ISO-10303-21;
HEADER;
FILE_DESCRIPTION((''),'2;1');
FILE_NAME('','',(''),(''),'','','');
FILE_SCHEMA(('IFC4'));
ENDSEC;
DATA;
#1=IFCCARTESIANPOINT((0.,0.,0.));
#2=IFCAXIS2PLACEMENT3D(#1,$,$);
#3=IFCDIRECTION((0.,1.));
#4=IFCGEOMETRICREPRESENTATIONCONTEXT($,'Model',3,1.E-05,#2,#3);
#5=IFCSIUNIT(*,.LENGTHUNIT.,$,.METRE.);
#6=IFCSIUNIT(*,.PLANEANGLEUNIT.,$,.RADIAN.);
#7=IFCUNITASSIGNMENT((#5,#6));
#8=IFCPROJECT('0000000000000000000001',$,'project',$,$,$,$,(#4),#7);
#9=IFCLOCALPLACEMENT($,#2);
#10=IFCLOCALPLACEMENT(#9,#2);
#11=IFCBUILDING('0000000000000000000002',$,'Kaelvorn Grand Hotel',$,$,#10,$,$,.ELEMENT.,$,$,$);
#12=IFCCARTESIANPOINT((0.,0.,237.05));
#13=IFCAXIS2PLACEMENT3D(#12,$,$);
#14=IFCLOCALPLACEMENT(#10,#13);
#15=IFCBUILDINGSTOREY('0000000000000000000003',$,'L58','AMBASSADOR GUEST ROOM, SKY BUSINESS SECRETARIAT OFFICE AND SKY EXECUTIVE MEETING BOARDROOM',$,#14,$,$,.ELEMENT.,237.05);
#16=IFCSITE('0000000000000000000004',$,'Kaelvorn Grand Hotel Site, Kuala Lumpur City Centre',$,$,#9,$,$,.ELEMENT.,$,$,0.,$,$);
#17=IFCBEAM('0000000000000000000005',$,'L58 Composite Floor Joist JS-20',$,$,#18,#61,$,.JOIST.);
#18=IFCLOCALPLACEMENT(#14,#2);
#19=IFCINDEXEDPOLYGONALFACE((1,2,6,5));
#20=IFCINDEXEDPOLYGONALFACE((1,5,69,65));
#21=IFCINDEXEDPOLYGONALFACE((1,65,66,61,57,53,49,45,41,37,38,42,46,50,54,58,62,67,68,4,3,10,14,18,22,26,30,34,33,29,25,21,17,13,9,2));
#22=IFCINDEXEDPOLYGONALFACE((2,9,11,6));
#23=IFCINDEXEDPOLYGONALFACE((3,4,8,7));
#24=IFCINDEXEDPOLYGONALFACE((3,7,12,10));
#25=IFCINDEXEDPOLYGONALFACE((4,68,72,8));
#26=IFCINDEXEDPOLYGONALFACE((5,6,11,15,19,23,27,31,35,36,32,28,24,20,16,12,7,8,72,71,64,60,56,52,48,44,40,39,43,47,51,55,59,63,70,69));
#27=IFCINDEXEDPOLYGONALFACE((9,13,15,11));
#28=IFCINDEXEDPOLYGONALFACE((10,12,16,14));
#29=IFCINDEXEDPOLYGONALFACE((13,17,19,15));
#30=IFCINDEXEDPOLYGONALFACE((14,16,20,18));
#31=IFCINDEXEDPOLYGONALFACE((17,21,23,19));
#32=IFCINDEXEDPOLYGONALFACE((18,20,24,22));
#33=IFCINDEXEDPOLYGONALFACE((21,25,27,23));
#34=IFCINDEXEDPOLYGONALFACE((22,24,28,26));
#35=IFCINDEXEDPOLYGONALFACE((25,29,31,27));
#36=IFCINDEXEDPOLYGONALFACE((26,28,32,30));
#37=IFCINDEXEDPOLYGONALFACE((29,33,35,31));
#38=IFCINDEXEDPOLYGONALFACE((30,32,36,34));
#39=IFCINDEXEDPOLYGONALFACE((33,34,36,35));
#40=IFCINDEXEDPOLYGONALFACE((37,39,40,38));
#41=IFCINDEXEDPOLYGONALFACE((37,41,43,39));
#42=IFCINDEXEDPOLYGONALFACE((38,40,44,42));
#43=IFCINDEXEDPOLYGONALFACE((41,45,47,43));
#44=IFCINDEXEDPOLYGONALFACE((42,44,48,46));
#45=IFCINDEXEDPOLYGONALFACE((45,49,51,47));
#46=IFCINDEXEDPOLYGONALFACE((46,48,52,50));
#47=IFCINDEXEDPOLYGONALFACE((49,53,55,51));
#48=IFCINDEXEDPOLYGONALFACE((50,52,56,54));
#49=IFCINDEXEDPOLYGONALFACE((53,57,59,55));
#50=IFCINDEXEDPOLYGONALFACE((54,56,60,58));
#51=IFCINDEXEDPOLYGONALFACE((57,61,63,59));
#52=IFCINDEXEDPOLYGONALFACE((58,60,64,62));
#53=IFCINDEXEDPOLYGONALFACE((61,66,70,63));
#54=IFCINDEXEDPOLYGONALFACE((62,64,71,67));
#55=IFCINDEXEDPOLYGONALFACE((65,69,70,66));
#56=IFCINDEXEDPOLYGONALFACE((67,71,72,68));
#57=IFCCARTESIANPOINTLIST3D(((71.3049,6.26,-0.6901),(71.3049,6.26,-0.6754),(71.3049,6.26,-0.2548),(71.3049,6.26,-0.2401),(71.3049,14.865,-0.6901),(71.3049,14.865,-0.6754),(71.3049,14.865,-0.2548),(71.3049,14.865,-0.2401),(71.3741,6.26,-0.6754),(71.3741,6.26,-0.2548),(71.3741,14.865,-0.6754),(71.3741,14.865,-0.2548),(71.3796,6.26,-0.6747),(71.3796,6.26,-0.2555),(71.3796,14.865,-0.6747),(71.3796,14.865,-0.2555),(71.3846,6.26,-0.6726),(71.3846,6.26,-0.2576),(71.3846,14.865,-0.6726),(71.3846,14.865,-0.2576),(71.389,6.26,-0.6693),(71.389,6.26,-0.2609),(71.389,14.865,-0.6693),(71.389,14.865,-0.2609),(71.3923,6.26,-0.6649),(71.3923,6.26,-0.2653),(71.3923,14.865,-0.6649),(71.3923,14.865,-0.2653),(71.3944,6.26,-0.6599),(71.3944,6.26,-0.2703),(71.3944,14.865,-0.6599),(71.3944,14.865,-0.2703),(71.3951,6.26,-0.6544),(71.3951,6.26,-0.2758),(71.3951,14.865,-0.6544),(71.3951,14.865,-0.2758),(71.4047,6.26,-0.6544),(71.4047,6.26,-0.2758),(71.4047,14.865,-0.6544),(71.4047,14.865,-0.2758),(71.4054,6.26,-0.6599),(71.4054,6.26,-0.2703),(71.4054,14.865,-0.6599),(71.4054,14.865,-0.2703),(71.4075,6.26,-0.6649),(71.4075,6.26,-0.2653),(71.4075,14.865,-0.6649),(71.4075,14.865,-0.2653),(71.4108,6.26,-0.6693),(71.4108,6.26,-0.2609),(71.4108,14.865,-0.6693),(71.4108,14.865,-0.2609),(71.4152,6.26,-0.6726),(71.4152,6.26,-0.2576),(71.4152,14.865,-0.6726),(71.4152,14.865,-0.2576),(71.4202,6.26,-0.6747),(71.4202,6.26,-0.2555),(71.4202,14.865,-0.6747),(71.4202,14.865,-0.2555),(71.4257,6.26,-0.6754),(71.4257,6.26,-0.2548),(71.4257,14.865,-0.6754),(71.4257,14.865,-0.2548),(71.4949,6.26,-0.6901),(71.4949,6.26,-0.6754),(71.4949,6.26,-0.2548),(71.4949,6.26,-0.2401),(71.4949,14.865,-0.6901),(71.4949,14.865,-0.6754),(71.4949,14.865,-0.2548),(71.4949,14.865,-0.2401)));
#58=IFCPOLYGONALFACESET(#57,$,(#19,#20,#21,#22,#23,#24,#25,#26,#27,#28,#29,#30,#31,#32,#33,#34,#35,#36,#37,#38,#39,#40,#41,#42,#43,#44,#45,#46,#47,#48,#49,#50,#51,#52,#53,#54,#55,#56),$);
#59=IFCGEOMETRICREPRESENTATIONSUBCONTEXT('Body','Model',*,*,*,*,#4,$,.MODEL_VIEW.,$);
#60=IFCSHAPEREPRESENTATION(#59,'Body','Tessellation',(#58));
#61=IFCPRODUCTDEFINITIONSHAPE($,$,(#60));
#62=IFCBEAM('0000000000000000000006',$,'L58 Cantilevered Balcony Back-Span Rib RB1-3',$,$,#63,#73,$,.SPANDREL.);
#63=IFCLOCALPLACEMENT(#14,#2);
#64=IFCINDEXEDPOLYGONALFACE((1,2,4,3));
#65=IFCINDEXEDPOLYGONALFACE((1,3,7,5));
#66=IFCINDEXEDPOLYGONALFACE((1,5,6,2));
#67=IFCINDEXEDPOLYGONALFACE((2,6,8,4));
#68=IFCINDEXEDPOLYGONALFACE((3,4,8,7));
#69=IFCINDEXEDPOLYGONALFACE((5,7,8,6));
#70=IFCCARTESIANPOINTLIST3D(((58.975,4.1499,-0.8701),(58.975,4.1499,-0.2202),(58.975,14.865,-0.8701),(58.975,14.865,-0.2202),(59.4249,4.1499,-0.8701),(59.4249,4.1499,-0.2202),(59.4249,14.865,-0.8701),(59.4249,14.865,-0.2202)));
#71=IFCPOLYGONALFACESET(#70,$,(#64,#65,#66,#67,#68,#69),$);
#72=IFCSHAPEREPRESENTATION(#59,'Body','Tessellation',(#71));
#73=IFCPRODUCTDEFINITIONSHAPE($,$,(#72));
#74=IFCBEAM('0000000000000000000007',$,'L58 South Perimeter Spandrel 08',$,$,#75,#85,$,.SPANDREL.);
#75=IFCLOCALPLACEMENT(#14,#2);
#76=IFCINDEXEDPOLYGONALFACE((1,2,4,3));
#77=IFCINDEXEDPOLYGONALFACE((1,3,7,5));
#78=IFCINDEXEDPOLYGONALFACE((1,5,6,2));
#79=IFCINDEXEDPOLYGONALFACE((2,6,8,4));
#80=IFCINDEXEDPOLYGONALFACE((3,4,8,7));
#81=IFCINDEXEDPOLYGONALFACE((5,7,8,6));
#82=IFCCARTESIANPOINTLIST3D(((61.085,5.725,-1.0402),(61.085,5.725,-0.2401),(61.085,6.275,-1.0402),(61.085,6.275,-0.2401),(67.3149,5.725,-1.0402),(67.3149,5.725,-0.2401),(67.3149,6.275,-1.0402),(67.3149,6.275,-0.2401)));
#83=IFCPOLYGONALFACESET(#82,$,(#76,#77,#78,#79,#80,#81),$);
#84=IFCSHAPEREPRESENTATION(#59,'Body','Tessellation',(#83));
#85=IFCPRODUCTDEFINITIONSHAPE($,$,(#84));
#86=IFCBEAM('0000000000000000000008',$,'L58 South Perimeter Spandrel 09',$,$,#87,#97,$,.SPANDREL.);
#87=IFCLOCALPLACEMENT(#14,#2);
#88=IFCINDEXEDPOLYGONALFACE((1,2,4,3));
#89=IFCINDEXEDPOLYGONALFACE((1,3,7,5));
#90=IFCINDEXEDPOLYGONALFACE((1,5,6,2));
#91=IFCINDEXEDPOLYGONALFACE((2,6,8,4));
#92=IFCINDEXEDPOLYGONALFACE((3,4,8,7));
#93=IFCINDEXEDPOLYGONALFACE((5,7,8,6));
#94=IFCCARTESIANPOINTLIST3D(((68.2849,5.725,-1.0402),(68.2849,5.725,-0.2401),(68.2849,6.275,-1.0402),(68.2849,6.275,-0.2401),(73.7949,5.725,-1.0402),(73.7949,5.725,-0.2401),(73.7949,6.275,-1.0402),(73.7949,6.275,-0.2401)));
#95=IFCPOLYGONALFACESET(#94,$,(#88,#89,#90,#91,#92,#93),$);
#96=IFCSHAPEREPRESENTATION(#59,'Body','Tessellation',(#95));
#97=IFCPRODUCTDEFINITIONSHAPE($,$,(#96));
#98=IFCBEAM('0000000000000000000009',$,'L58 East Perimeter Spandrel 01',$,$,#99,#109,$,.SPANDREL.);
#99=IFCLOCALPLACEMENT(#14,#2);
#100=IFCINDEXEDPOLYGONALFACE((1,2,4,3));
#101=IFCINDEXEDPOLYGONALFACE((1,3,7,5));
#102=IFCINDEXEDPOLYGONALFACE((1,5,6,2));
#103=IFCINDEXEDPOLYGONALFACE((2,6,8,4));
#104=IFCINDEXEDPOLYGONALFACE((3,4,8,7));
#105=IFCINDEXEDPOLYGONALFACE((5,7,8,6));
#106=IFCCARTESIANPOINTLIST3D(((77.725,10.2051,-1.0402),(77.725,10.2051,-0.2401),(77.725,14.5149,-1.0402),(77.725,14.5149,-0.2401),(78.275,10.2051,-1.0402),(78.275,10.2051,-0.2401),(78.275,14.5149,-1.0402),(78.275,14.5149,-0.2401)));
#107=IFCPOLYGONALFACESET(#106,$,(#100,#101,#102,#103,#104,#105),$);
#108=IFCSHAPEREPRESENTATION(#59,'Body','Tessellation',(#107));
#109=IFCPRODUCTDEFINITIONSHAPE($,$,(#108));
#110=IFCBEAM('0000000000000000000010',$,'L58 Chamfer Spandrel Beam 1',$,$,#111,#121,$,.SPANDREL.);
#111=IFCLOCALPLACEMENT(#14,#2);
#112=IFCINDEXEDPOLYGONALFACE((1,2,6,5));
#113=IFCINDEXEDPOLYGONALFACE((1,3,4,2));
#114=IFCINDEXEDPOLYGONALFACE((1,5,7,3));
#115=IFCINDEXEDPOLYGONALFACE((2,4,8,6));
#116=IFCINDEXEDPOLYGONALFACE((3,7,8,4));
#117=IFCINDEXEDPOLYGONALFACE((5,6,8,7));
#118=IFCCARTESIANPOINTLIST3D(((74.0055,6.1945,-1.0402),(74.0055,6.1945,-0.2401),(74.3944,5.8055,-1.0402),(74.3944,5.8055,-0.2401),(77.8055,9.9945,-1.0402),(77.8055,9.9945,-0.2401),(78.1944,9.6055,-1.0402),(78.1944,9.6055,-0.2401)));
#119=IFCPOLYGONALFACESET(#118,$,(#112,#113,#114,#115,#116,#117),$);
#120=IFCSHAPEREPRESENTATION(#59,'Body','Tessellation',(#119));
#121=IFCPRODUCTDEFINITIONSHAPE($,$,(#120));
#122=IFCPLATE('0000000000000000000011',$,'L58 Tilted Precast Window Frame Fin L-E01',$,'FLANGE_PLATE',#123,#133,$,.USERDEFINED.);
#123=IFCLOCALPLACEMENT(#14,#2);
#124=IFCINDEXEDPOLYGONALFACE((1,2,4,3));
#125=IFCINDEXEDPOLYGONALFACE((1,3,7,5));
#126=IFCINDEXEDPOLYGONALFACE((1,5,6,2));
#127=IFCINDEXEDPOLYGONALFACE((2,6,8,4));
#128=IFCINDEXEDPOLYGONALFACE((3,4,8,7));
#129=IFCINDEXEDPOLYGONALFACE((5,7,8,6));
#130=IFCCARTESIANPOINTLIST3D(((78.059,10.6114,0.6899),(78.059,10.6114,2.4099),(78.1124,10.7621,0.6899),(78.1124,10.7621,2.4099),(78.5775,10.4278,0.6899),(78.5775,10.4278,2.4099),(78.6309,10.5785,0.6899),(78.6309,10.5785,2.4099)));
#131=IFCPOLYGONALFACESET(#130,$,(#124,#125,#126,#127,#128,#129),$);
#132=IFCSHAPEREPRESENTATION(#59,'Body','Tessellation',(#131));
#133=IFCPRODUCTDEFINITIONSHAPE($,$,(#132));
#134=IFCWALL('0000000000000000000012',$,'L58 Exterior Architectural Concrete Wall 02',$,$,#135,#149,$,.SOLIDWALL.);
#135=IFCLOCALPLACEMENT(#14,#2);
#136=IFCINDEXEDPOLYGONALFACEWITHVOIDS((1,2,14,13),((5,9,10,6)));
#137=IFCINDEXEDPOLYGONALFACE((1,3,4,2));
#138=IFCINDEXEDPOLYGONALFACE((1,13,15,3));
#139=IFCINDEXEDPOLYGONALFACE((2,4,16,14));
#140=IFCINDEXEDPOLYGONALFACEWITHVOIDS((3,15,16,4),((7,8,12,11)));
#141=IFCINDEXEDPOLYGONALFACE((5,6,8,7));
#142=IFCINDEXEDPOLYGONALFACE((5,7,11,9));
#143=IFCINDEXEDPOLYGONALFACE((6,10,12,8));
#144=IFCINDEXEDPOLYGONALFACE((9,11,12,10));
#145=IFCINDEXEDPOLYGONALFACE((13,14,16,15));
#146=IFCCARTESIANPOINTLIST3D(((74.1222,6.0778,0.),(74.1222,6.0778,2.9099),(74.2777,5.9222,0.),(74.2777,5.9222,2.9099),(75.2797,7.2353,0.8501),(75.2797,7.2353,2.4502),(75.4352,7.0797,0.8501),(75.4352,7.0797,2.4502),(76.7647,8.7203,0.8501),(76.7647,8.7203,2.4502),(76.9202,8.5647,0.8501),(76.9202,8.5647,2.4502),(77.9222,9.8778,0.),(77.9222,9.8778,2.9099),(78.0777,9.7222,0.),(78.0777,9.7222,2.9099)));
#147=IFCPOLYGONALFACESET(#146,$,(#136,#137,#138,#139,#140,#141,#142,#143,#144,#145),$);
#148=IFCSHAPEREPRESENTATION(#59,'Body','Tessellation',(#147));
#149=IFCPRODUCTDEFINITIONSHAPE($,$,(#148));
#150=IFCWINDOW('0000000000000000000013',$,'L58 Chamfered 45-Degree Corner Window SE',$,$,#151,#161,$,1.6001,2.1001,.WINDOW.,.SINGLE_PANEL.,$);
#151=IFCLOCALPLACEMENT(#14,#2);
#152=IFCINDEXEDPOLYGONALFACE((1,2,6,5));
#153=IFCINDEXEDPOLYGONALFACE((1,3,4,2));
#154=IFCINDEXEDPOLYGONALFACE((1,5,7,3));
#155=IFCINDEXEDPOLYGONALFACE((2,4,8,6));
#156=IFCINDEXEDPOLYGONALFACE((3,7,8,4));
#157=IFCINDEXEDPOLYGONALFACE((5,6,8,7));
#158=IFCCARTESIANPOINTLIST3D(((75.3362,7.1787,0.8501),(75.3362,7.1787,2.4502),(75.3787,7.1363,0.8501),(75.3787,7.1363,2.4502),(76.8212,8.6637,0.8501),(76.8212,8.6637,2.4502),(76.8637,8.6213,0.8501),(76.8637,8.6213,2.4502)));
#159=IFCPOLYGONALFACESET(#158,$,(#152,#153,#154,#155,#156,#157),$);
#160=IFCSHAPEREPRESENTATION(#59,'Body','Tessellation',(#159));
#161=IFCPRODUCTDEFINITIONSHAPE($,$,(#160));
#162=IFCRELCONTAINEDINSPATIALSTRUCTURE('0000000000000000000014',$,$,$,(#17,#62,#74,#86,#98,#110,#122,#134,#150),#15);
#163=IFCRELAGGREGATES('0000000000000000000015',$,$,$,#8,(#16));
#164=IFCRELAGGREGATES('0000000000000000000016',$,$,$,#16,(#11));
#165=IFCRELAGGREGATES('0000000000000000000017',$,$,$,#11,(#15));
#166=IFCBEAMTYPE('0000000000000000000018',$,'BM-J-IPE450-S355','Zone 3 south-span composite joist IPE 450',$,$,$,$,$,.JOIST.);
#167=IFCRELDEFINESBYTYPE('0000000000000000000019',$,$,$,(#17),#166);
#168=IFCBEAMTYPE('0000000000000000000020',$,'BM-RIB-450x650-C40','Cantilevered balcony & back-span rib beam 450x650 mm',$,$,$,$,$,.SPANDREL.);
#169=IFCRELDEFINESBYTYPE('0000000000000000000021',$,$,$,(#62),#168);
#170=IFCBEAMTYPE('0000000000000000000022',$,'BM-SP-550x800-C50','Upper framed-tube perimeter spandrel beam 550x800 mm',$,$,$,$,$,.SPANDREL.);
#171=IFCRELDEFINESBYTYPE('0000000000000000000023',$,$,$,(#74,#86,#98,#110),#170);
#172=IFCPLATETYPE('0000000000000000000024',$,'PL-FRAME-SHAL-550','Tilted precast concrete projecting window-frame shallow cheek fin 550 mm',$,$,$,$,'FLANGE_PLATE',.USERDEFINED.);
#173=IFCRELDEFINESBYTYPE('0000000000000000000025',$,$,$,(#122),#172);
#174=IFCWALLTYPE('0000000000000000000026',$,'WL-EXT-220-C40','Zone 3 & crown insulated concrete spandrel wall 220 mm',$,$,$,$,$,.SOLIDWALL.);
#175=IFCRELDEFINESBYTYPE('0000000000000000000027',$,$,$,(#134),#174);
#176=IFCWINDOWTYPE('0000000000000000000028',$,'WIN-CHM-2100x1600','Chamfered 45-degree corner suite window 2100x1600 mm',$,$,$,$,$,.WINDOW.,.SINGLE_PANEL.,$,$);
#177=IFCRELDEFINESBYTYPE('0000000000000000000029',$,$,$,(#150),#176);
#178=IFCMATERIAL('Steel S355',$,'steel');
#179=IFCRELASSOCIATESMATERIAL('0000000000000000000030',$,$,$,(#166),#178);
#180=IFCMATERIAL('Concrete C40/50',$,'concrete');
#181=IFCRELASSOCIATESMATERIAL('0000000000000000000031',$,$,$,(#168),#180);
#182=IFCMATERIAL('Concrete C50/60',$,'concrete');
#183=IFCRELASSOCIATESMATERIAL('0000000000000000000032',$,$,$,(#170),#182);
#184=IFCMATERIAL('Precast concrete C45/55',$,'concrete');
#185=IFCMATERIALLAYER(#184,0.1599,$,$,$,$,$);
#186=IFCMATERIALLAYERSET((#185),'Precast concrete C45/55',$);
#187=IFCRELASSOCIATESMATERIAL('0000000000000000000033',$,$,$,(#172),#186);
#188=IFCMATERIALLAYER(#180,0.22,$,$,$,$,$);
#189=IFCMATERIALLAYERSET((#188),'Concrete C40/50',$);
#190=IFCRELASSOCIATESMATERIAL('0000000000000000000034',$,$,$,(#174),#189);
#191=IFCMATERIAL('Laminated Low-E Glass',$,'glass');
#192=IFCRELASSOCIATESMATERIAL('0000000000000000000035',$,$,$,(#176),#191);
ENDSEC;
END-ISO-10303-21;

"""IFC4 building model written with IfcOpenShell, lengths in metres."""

from ifc_helpers import new_model, si_unit, direction, frame, frame_2d, origin, origin_2d, place, context, subcontext, project, spatial, rectangle, i_section, extrude, material, layer, layer_set, material_profile, profile_set, type_object, element, fill, save


model = new_model("IFC4")

# Units and contexts
model_context = context("Model", 3, precision=1e-05, world=origin(), true_north=direction((0.0, 1.0)))
body_context = subcontext(model_context, "Body", "Model", "MODEL_VIEW")
ifc_project = project(units=[si_unit("LENGTHUNIT", "METRE"), si_unit("PLANEANGLEUNIT", "RADIAN")], contexts=[model_context])

# Site, building, storey
site_placement = place(None, origin())
site = spatial("IfcSite", under=ifc_project, at=site_placement, Name="Kaelvorn Grand Hotel Site, Kuala Lumpur City Centre", CompositionType="ELEMENT", RefElevation=0.0)
building_placement = place(site_placement, origin())
building = spatial("IfcBuilding", under=site, at=building_placement, Name="Kaelvorn Grand Hotel", CompositionType="ELEMENT")
storey_placement = place(building_placement, frame((0.0, 0.0, 237.05)))
storey = spatial("IfcBuildingStorey", under=building, at=storey_placement, Name="L58", Description="AMBASSADOR GUEST ROOM, SKY BUSINESS SECRETARIAT OFFICE AND SKY EXECUTIVE MEETING BOARDROOM", CompositionType="ELEMENT", Elevation=237.05)

# Shared definitions
ifc_material_1 = material(Name="Concrete C50/60", Category="concrete")

# Beams
ifc_material_2 = material(Name="Steel S355", Category="steel")
ifc_material_profile_1 = material_profile(ifc_material_2, i_section(OverallWidth=0.1899, OverallDepth=0.45, WebThickness=0.0095, FlangeThickness=0.0146, FilletRadius=0.021, at=origin_2d()), Name="IPE 450")
ifc_profile_set_1 = profile_set([ifc_material_profile_1], Name="Steel S355")
beam_type_1 = type_object("IfcBeamType", Name="BM-J-IPE450-S355", Description="Zone 3 south-span composite joist IPE 450", PredefinedType="JOIST", material=ifc_profile_set_1)
beam_1_placement = place(storey_placement, frame((71.3999, 6.26, -0.4651), z_axis=(0.0, 1.0, 0.0), x_axis=(-1.0, 0.0, 0.0)))
element("IfcBeam", 1, at=beam_1_placement, inside=storey, type_object=beam_type_1, Name="L58 Composite Floor Joist JS-20", PredefinedType="JOIST", context=body_context, shape_type="SweptSolid", body=[
    extrude(i_section(OverallWidth=0.1899, OverallDepth=0.45, WebThickness=0.0095, FlangeThickness=0.0146, FilletRadius=0.021, at=origin_2d()), origin(), (0.0, 0.0, 1.0), 8.605),
])
ifc_material_3 = material(Name="Concrete C40/50", Category="concrete")
ifc_material_profile_2 = material_profile(ifc_material_3, rectangle(XDim=0.45, YDim=0.6499, at=origin_2d()), Name="RC RIB 450x650")
ifc_profile_set_2 = profile_set([ifc_material_profile_2], Name="Concrete C40/50")
beam_type_2 = type_object("IfcBeamType", Name="BM-RIB-450x650-C40", Description="Cantilevered balcony & back-span rib beam 450x650 mm", PredefinedType="SPANDREL", material=ifc_profile_set_2)
beam_2_placement = place(storey_placement, frame((59.2, 4.1499, -0.5452), z_axis=(0.0, 1.0, 0.0), x_axis=(-1.0, 0.0, 0.0)))
element("IfcBeam", 2, at=beam_2_placement, inside=storey, type_object=beam_type_2, Name="L58 Cantilevered Balcony Back-Span Rib RB1-3", PredefinedType="SPANDREL", context=body_context, shape_type="SweptSolid", body=[
    extrude(rectangle(XDim=0.45, YDim=0.6499, at=origin_2d()), origin(), (0.0, 0.0, 1.0), 10.7151),
])
ifc_material_profile_3 = material_profile(ifc_material_1, rectangle(XDim=0.55, YDim=0.8, at=origin_2d()), Name="RC SPANDREL 550x800")
ifc_profile_set_3 = profile_set([ifc_material_profile_3], Name="Concrete C50/60")
beam_type_3 = type_object("IfcBeamType", Name="BM-SP-550x800-C50", Description="Upper framed-tube perimeter spandrel beam 550x800 mm", PredefinedType="SPANDREL", material=ifc_profile_set_3)
beam_3_placement = place(storey_placement, frame((61.085, 6.0, -0.6401), z_axis=(1.0, 0.0, 0.0), x_axis=(0.0, 1.0, 0.0)))
element("IfcBeam", 3, at=beam_3_placement, inside=storey, type_object=beam_type_3, Name="L58 South Perimeter Spandrel 08", PredefinedType="SPANDREL", context=body_context, shape_type="SweptSolid", body=[
    extrude(rectangle(XDim=0.55, YDim=0.8, at=origin_2d()), origin(), (0.0, 0.0, 1.0), 6.23),
])
beam_4_placement = place(storey_placement, frame((68.2849, 6.0, -0.6401), z_axis=(1.0, 0.0, 0.0), x_axis=(0.0, 1.0, 0.0)))
element("IfcBeam", 4, at=beam_4_placement, inside=storey, type_object=beam_type_3, Name="L58 South Perimeter Spandrel 09", PredefinedType="SPANDREL", context=body_context, shape_type="SweptSolid", body=[
    extrude(rectangle(XDim=0.55, YDim=0.8, at=origin_2d()), origin(), (0.0, 0.0, 1.0), 5.51),
])
beam_5_placement = place(storey_placement, frame((78.0, 10.2051, -0.6401), z_axis=(0.0, 1.0, 0.0), x_axis=(-1.0, 0.0, 0.0)))
element("IfcBeam", 5, at=beam_5_placement, inside=storey, type_object=beam_type_3, Name="L58 East Perimeter Spandrel 01", PredefinedType="SPANDREL", context=body_context, shape_type="SweptSolid", body=[
    extrude(rectangle(XDim=0.55, YDim=0.8, at=origin_2d()), origin(), (0.0, 0.0, 1.0), 4.3098),
])
beam_6_placement = place(storey_placement, frame((74.2, 6.0, -0.6401), z_axis=(0.707107, 0.707107, 0.0), x_axis=(-0.707107, 0.707107, 0.0)))
element("IfcBeam", 6, at=beam_6_placement, inside=storey, type_object=beam_type_3, Name="L58 Chamfer Spandrel Beam 1", PredefinedType="SPANDREL", context=body_context, shape_type="SweptSolid", body=[
    extrude(rectangle(XDim=0.55, YDim=0.8, at=origin_2d()), origin(), (0.0, 0.0, 1.0), 5.374),
])

# Plate
ifc_material_4 = material(Name="Precast concrete C45/55", Category="concrete")
ifc_layer_1 = layer(ifc_material_4, 0.1599)
ifc_layer_set_1 = layer_set([ifc_layer_1], Name="Precast concrete C45/55")
plate_type = type_object("IfcPlateType", Name="PL-FRAME-SHAL-550", Description="Tilted precast concrete projecting window-frame shallow cheek fin 550 mm", ElementType="FLANGE_PLATE", PredefinedType="USERDEFINED", material=ifc_layer_set_1)
plate_placement = place(storey_placement, frame((78.345, 10.595, 0.6899), z_axis=(0.0, 0.0, 1.0), x_axis=(0.333807, 0.942641, 0.0)))
element("IfcPlate", 7, at=plate_placement, inside=storey, type_object=plate_type, Name="L58 Tilted Precast Window Frame Fin L-E01", ObjectType="FLANGE_PLATE", PredefinedType="USERDEFINED", context=body_context, shape_type="SweptSolid", body=[
    extrude(rectangle(XDim=0.1599, YDim=0.55, at=origin_2d()), origin(), (0.0, 0.0, 1.0), 1.72),
])

# Wall, opening, window
ifc_layer_2 = layer(ifc_material_3, 0.22)
ifc_layer_set_2 = layer_set([ifc_layer_2], Name="Concrete C40/50")
wall_type_1 = type_object("IfcWallType", Name="WL-EXT-220-C40", Description="Zone 3 & crown insulated concrete spandrel wall 220 mm", PredefinedType="SOLIDWALL", material=ifc_layer_set_2)
wall_1_placement = place(storey_placement, frame((74.2, 6.0, 0.0), z_axis=(0.0, 0.0, 1.0), x_axis=(0.707107, 0.707107, 0.0)))
wall_1 = element("IfcWall", 8, at=wall_1_placement, inside=storey, type_object=wall_type_1, Name="L58 Exterior Architectural Concrete Wall 02", PredefinedType="SOLIDWALL", context=body_context, shape_type="SweptSolid", body=[
    extrude(rectangle(XDim=5.374, YDim=0.22, at=frame_2d((2.687, 0.0))), origin(), (0.0, 0.0, 1.0), 2.9099),
])
opening_1_placement = place(wall_1_placement, frame((1.637, 0.0, 0.8501)))
opening_1 = element("IfcOpeningElement", 9, at=opening_1_placement, cuts=wall_1, PredefinedType="OPENING", context=body_context, shape_type="SweptSolid", body=[
    extrude(rectangle(XDim=2.1001, YDim=1.6001, at=frame_2d((1.05, 0.8))), frame((0.0, 0.1201, 0.0), z_axis=(0.0, -1.0, 0.0), x_axis=(1.0, 0.0, 0.0)), (0.0, 0.0, 1.0), 0.24),
])
ifc_material_5 = material(Name="Laminated Low-E Glass", Category="glass")
window_type_1 = type_object("IfcWindowType", Name="WIN-CHM-2100x1600", Description="Chamfered 45-degree corner suite window 2100x1600 mm", PartitioningType="SINGLE_PANEL", PredefinedType="WINDOW", material=ifc_material_5)
window_1_placement = place(opening_1_placement, origin())
window_1 = element("IfcWindow", 10, at=window_1_placement, inside=storey, type_object=window_type_1, Name="L58 Chamfered 45-Degree Corner Window SE", OverallHeight=1.6001, OverallWidth=2.1001, PartitioningType="SINGLE_PANEL", PredefinedType="WINDOW", context=body_context, shape_type="SweptSolid", body=[
    extrude(rectangle(XDim=2.1001, YDim=1.6001, at=frame_2d((1.05, 0.8))), frame((0.0, 0.03, 0.0), z_axis=(0.0, -1.0, 0.0), x_axis=(1.0, 0.0, 0.0)), (0.0, 0.0, 1.0), 0.0601),
])
fill(opening_1, window_1)

save(model, "model.ifc")
